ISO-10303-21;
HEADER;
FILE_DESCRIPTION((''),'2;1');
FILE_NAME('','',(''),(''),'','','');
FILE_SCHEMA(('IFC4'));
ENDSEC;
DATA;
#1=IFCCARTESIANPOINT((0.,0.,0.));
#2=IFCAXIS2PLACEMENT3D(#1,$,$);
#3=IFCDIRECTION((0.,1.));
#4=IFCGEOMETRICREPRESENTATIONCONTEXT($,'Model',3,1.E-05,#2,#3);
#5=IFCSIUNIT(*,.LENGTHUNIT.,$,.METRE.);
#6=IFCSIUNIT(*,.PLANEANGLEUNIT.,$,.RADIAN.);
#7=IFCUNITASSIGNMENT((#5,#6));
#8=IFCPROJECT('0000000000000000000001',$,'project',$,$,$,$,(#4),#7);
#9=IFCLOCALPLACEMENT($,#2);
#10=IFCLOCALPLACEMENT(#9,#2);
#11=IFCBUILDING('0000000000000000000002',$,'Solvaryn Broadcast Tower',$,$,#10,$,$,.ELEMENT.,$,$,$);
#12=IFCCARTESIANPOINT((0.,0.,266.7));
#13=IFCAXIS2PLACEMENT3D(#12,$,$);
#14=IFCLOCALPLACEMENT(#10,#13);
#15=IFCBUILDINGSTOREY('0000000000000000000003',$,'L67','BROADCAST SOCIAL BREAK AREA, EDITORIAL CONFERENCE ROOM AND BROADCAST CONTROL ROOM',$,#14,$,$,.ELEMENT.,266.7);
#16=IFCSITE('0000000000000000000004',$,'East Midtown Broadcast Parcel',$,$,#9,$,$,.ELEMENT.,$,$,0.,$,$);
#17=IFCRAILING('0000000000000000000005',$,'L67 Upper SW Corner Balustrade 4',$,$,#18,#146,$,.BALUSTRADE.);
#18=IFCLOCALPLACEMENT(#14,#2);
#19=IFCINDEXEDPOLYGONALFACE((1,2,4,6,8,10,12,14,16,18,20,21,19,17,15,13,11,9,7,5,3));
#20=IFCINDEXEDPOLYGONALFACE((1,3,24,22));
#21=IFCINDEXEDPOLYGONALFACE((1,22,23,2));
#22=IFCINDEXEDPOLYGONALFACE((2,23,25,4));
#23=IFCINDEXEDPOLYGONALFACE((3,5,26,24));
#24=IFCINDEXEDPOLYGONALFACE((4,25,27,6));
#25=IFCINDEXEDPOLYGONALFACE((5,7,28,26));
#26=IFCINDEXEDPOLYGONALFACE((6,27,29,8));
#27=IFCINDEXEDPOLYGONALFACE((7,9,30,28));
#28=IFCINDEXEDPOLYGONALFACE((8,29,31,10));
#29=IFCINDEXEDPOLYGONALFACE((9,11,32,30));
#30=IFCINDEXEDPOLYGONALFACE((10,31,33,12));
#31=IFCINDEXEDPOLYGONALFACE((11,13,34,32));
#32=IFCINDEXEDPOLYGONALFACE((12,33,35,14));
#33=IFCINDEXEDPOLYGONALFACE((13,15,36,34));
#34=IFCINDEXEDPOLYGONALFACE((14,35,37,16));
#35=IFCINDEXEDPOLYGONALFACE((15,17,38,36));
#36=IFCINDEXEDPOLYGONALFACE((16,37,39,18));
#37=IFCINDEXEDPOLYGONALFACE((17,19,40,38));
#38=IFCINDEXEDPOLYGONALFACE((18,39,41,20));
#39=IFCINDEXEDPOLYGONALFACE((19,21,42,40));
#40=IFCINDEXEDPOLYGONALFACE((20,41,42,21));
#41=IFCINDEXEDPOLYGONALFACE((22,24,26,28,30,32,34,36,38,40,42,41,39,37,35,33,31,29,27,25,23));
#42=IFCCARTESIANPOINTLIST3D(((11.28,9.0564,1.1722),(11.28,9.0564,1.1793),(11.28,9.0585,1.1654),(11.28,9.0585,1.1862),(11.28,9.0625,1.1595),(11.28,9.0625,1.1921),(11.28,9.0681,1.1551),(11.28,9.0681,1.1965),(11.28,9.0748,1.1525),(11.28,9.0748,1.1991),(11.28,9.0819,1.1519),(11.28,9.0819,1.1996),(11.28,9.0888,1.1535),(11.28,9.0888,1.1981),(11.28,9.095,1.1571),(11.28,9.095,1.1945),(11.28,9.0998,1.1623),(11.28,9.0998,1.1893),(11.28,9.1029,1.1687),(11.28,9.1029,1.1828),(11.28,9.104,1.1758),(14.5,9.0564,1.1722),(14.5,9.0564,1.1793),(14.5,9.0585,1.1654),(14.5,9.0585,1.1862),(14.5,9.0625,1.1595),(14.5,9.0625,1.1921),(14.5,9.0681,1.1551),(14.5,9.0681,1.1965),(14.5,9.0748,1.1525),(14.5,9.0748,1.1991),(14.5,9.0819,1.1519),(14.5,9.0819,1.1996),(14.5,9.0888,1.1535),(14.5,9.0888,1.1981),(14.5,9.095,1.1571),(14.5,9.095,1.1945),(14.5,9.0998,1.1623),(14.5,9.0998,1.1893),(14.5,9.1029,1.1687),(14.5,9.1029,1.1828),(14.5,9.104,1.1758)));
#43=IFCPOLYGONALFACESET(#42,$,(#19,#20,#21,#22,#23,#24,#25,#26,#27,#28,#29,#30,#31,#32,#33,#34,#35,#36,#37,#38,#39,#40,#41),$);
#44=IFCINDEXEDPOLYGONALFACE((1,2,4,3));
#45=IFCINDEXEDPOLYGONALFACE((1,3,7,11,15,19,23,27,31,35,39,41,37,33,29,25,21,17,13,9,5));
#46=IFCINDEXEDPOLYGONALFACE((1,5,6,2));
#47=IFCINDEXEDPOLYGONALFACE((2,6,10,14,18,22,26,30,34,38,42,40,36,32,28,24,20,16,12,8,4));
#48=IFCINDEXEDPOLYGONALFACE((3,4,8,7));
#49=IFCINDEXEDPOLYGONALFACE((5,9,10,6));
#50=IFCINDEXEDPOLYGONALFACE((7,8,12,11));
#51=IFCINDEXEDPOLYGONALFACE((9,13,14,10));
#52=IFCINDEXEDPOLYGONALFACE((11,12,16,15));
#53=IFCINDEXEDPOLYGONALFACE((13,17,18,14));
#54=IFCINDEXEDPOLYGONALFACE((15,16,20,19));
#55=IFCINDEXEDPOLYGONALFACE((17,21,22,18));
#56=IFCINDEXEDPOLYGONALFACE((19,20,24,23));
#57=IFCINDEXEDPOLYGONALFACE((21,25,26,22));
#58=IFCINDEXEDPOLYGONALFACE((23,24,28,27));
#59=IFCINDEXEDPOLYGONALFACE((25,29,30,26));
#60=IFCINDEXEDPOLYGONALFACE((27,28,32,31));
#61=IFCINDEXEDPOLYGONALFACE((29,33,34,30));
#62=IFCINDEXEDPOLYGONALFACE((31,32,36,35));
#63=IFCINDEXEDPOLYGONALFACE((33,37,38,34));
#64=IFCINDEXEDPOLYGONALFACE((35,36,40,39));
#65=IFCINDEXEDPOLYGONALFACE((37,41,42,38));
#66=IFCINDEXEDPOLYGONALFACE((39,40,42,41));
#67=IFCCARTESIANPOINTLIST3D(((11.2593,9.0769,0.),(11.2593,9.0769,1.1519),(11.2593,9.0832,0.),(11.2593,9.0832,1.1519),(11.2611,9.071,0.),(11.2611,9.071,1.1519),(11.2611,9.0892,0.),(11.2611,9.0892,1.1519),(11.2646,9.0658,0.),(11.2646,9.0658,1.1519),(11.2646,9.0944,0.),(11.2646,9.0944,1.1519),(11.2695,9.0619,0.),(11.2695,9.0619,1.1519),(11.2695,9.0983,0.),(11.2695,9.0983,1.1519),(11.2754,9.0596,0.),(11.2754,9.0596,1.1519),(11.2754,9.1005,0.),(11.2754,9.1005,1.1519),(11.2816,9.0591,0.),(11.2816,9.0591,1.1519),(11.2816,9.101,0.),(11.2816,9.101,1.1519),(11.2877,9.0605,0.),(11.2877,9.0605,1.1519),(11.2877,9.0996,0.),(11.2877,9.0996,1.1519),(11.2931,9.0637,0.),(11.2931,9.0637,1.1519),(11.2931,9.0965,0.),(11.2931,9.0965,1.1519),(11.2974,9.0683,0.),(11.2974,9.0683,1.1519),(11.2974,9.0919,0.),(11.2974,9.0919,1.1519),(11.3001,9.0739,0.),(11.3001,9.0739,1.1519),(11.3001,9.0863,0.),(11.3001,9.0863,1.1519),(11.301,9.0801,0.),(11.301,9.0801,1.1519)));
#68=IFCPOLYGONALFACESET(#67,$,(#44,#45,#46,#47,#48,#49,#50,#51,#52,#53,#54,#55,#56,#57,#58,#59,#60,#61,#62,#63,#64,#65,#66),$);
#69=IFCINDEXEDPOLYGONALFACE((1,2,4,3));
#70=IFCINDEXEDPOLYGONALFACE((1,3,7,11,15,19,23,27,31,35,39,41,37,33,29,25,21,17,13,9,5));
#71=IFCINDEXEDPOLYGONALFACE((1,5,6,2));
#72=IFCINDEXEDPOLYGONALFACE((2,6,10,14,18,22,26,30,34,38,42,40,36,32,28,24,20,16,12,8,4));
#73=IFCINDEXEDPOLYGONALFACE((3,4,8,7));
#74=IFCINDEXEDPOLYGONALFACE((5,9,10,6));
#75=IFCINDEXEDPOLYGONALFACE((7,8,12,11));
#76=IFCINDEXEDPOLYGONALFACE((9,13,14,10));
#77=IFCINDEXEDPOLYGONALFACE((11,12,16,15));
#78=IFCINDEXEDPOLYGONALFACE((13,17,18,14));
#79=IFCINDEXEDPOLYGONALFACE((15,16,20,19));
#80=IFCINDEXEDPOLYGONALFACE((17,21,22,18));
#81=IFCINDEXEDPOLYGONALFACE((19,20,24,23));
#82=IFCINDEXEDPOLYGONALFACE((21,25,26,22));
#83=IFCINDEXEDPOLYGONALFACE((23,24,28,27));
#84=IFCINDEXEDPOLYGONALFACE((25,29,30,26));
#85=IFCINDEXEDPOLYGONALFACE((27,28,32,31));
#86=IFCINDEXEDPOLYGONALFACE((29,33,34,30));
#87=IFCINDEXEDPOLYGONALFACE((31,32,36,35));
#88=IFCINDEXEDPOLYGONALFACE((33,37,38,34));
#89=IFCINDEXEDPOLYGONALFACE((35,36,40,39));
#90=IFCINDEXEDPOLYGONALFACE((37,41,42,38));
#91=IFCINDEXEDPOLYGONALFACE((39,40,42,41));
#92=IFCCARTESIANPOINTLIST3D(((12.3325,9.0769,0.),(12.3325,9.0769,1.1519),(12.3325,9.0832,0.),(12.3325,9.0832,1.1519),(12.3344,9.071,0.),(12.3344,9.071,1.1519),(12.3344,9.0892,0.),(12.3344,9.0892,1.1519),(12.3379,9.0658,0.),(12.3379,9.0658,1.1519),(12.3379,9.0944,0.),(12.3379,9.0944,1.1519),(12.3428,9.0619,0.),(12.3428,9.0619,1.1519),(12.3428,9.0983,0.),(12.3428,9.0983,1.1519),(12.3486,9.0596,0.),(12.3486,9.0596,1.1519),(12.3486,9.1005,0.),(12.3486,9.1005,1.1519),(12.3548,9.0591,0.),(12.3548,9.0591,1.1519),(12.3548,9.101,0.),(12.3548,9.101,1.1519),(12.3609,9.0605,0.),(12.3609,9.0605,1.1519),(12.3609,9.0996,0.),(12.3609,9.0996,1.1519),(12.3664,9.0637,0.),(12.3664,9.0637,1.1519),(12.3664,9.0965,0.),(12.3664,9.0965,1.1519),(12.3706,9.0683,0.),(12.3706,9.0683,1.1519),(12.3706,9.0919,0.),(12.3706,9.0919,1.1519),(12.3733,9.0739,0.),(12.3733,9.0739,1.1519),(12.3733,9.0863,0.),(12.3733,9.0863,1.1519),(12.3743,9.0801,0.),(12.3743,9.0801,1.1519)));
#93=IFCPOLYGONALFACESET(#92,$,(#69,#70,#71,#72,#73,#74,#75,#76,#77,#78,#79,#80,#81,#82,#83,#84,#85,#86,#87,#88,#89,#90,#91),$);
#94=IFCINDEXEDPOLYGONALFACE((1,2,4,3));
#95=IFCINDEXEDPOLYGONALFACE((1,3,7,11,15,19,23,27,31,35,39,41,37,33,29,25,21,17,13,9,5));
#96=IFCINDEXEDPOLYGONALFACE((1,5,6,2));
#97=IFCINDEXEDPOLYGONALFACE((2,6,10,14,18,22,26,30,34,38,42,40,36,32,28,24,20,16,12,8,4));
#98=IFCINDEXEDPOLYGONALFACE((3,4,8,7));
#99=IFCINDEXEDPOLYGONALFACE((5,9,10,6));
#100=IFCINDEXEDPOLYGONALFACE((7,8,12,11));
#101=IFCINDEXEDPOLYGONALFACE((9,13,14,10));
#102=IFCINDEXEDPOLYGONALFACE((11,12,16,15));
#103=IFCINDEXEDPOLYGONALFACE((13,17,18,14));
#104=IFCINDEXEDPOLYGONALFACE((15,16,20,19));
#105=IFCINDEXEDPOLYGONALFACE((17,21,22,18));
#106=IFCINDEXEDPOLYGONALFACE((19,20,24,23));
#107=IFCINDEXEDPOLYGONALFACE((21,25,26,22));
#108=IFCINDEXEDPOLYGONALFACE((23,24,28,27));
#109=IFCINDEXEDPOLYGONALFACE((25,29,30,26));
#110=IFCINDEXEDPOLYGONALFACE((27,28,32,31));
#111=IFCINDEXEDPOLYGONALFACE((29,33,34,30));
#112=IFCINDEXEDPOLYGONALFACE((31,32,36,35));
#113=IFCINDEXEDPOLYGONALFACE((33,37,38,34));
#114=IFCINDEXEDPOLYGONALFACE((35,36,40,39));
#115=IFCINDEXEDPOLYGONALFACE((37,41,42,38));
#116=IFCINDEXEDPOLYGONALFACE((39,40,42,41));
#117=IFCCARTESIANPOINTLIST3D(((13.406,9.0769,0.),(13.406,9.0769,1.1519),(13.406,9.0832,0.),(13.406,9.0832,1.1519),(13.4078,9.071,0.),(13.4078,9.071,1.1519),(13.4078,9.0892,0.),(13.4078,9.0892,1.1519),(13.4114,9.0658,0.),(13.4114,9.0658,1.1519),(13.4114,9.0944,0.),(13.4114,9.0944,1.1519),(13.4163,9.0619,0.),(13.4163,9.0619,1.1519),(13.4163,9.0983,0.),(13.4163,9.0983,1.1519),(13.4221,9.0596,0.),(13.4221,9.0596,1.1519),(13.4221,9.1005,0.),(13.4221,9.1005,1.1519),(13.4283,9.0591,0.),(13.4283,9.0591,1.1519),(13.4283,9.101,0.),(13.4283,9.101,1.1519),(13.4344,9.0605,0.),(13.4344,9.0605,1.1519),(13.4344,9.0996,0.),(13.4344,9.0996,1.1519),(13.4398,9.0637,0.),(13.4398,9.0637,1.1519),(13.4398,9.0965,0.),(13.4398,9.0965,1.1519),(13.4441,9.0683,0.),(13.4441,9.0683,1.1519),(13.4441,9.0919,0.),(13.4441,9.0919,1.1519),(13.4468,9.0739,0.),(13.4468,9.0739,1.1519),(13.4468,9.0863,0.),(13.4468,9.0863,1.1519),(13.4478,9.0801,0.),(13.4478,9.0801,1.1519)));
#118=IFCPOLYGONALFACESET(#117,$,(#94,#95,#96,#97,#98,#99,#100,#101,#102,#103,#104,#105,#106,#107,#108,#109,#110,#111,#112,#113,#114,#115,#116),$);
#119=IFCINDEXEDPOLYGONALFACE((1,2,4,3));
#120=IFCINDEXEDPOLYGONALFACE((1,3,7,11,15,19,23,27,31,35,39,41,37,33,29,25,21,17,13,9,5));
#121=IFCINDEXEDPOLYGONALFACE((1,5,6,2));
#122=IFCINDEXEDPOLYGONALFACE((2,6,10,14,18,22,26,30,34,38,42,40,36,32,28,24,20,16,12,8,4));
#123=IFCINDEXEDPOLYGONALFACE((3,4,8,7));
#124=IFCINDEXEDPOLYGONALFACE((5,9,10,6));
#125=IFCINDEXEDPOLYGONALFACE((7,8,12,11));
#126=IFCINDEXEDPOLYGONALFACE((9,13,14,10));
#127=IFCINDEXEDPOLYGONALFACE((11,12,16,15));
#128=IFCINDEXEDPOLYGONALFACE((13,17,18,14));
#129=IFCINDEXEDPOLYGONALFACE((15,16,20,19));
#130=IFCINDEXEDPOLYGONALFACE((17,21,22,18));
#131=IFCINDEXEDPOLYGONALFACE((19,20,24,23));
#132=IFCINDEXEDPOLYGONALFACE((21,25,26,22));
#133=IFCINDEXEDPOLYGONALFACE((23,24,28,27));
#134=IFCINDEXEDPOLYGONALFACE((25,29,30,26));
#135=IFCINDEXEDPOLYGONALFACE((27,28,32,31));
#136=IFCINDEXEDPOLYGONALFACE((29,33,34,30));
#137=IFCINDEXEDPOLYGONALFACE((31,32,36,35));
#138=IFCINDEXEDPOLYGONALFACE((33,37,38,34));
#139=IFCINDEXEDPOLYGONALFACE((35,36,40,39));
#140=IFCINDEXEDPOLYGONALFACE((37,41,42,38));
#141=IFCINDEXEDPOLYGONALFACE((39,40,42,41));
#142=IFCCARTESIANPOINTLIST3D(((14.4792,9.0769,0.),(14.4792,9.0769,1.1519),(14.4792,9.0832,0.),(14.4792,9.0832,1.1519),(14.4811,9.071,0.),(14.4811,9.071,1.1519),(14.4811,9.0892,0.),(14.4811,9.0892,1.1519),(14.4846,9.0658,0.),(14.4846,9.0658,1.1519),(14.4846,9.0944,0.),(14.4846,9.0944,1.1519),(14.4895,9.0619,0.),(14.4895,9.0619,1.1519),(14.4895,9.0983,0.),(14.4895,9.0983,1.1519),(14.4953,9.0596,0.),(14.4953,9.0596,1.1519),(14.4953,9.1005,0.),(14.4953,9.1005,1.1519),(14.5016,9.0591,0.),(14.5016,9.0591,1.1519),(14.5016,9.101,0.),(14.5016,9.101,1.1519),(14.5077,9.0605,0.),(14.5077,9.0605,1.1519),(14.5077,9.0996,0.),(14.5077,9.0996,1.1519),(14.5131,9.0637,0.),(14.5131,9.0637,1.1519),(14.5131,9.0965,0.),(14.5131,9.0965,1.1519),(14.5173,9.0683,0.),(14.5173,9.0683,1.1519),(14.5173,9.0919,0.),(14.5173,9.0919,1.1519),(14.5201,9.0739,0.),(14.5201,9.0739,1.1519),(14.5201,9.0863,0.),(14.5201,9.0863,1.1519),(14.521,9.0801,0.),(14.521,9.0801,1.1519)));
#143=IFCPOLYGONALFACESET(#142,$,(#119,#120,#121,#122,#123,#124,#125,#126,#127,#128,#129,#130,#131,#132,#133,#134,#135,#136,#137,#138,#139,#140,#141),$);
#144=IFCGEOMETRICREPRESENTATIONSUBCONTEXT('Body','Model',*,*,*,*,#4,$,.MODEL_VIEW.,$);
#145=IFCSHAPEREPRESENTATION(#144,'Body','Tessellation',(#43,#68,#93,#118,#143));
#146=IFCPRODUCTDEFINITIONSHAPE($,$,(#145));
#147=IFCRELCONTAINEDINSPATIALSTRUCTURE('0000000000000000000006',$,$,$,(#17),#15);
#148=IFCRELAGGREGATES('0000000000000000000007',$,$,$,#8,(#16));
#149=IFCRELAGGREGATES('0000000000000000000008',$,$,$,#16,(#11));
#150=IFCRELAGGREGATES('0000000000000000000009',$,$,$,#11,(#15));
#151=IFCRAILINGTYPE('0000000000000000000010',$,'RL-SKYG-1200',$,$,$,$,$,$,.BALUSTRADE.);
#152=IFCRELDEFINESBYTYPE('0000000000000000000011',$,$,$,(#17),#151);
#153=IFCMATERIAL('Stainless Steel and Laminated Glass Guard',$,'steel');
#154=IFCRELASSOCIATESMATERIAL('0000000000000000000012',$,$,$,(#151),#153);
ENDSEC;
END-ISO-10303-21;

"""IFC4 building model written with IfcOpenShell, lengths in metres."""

from ifc_helpers import new_model, si_unit, direction, frame, origin, origin_2d, place, context, subcontext, project, spatial, circle, extrude, material, type_object, element, save


model = new_model("IFC4")

# Units and contexts
model_context = context("Model", 3, precision=1e-05, world=origin(), true_north=direction((0.0, 1.0)))
body_context = subcontext(model_context, "Body", "Model", "MODEL_VIEW")
ifc_project = project(units=[si_unit("LENGTHUNIT", "METRE"), si_unit("PLANEANGLEUNIT", "RADIAN")], contexts=[model_context])

# Site, building, storey
site_placement = place(None, origin())
site = spatial("IfcSite", under=ifc_project, at=site_placement, Name="East Midtown Broadcast Parcel", CompositionType="ELEMENT", RefElevation=0.0)
building_placement = place(site_placement, origin())
building = spatial("IfcBuilding", under=site, at=building_placement, Name="Solvaryn Broadcast Tower", CompositionType="ELEMENT")
storey_placement = place(building_placement, frame((0.0, 0.0, 266.7)))
storey = spatial("IfcBuildingStorey", under=building, at=storey_placement, Name="L67", Description="BROADCAST SOCIAL BREAK AREA, EDITORIAL CONFERENCE ROOM AND BROADCAST CONTROL ROOM", CompositionType="ELEMENT", Elevation=266.7)

# Railing
ifc_material_1 = material(Name="Stainless Steel and Laminated Glass Guard", Category="steel")
railing_type = type_object("IfcRailingType", Name="RL-SKYG-1200", PredefinedType="BALUSTRADE", material=ifc_material_1)
railing_1_placement = place(storey_placement, frame((11.28, 9.0801, 0.0)))
element("IfcRailing", 1, at=railing_1_placement, inside=storey, type_object=railing_type, Name="L67 Upper SW Corner Balustrade 4", PredefinedType="BALUSTRADE", context=body_context, shape_type="SweptSolid", body=[
    extrude(circle(Radius=0.0239, at=origin_2d()), frame((0.0, 0.0, 1.1758), z_axis=(1.0, 0.0, 0.0), x_axis=(0.0, 1.0, 0.0)), (0.0, 0.0, 1.0), 3.22),
    extrude(circle(Radius=0.021, at=origin_2d()), origin(), (0.0, 0.0, 1.0), 1.1519),
    extrude(circle(Radius=0.021, at=origin_2d()), frame((1.0732, 0.0, 0.0)), (0.0, 0.0, 1.0), 1.1519),
    extrude(circle(Radius=0.021, at=origin_2d()), frame((2.1467, 0.0, 0.0)), (0.0, 0.0, 1.0), 1.1519),
    extrude(circle(Radius=0.021, at=origin_2d()), frame((3.22, 0.0, 0.0)), (0.0, 0.0, 1.0), 1.1519),
])

save(model, "model.ifc")
